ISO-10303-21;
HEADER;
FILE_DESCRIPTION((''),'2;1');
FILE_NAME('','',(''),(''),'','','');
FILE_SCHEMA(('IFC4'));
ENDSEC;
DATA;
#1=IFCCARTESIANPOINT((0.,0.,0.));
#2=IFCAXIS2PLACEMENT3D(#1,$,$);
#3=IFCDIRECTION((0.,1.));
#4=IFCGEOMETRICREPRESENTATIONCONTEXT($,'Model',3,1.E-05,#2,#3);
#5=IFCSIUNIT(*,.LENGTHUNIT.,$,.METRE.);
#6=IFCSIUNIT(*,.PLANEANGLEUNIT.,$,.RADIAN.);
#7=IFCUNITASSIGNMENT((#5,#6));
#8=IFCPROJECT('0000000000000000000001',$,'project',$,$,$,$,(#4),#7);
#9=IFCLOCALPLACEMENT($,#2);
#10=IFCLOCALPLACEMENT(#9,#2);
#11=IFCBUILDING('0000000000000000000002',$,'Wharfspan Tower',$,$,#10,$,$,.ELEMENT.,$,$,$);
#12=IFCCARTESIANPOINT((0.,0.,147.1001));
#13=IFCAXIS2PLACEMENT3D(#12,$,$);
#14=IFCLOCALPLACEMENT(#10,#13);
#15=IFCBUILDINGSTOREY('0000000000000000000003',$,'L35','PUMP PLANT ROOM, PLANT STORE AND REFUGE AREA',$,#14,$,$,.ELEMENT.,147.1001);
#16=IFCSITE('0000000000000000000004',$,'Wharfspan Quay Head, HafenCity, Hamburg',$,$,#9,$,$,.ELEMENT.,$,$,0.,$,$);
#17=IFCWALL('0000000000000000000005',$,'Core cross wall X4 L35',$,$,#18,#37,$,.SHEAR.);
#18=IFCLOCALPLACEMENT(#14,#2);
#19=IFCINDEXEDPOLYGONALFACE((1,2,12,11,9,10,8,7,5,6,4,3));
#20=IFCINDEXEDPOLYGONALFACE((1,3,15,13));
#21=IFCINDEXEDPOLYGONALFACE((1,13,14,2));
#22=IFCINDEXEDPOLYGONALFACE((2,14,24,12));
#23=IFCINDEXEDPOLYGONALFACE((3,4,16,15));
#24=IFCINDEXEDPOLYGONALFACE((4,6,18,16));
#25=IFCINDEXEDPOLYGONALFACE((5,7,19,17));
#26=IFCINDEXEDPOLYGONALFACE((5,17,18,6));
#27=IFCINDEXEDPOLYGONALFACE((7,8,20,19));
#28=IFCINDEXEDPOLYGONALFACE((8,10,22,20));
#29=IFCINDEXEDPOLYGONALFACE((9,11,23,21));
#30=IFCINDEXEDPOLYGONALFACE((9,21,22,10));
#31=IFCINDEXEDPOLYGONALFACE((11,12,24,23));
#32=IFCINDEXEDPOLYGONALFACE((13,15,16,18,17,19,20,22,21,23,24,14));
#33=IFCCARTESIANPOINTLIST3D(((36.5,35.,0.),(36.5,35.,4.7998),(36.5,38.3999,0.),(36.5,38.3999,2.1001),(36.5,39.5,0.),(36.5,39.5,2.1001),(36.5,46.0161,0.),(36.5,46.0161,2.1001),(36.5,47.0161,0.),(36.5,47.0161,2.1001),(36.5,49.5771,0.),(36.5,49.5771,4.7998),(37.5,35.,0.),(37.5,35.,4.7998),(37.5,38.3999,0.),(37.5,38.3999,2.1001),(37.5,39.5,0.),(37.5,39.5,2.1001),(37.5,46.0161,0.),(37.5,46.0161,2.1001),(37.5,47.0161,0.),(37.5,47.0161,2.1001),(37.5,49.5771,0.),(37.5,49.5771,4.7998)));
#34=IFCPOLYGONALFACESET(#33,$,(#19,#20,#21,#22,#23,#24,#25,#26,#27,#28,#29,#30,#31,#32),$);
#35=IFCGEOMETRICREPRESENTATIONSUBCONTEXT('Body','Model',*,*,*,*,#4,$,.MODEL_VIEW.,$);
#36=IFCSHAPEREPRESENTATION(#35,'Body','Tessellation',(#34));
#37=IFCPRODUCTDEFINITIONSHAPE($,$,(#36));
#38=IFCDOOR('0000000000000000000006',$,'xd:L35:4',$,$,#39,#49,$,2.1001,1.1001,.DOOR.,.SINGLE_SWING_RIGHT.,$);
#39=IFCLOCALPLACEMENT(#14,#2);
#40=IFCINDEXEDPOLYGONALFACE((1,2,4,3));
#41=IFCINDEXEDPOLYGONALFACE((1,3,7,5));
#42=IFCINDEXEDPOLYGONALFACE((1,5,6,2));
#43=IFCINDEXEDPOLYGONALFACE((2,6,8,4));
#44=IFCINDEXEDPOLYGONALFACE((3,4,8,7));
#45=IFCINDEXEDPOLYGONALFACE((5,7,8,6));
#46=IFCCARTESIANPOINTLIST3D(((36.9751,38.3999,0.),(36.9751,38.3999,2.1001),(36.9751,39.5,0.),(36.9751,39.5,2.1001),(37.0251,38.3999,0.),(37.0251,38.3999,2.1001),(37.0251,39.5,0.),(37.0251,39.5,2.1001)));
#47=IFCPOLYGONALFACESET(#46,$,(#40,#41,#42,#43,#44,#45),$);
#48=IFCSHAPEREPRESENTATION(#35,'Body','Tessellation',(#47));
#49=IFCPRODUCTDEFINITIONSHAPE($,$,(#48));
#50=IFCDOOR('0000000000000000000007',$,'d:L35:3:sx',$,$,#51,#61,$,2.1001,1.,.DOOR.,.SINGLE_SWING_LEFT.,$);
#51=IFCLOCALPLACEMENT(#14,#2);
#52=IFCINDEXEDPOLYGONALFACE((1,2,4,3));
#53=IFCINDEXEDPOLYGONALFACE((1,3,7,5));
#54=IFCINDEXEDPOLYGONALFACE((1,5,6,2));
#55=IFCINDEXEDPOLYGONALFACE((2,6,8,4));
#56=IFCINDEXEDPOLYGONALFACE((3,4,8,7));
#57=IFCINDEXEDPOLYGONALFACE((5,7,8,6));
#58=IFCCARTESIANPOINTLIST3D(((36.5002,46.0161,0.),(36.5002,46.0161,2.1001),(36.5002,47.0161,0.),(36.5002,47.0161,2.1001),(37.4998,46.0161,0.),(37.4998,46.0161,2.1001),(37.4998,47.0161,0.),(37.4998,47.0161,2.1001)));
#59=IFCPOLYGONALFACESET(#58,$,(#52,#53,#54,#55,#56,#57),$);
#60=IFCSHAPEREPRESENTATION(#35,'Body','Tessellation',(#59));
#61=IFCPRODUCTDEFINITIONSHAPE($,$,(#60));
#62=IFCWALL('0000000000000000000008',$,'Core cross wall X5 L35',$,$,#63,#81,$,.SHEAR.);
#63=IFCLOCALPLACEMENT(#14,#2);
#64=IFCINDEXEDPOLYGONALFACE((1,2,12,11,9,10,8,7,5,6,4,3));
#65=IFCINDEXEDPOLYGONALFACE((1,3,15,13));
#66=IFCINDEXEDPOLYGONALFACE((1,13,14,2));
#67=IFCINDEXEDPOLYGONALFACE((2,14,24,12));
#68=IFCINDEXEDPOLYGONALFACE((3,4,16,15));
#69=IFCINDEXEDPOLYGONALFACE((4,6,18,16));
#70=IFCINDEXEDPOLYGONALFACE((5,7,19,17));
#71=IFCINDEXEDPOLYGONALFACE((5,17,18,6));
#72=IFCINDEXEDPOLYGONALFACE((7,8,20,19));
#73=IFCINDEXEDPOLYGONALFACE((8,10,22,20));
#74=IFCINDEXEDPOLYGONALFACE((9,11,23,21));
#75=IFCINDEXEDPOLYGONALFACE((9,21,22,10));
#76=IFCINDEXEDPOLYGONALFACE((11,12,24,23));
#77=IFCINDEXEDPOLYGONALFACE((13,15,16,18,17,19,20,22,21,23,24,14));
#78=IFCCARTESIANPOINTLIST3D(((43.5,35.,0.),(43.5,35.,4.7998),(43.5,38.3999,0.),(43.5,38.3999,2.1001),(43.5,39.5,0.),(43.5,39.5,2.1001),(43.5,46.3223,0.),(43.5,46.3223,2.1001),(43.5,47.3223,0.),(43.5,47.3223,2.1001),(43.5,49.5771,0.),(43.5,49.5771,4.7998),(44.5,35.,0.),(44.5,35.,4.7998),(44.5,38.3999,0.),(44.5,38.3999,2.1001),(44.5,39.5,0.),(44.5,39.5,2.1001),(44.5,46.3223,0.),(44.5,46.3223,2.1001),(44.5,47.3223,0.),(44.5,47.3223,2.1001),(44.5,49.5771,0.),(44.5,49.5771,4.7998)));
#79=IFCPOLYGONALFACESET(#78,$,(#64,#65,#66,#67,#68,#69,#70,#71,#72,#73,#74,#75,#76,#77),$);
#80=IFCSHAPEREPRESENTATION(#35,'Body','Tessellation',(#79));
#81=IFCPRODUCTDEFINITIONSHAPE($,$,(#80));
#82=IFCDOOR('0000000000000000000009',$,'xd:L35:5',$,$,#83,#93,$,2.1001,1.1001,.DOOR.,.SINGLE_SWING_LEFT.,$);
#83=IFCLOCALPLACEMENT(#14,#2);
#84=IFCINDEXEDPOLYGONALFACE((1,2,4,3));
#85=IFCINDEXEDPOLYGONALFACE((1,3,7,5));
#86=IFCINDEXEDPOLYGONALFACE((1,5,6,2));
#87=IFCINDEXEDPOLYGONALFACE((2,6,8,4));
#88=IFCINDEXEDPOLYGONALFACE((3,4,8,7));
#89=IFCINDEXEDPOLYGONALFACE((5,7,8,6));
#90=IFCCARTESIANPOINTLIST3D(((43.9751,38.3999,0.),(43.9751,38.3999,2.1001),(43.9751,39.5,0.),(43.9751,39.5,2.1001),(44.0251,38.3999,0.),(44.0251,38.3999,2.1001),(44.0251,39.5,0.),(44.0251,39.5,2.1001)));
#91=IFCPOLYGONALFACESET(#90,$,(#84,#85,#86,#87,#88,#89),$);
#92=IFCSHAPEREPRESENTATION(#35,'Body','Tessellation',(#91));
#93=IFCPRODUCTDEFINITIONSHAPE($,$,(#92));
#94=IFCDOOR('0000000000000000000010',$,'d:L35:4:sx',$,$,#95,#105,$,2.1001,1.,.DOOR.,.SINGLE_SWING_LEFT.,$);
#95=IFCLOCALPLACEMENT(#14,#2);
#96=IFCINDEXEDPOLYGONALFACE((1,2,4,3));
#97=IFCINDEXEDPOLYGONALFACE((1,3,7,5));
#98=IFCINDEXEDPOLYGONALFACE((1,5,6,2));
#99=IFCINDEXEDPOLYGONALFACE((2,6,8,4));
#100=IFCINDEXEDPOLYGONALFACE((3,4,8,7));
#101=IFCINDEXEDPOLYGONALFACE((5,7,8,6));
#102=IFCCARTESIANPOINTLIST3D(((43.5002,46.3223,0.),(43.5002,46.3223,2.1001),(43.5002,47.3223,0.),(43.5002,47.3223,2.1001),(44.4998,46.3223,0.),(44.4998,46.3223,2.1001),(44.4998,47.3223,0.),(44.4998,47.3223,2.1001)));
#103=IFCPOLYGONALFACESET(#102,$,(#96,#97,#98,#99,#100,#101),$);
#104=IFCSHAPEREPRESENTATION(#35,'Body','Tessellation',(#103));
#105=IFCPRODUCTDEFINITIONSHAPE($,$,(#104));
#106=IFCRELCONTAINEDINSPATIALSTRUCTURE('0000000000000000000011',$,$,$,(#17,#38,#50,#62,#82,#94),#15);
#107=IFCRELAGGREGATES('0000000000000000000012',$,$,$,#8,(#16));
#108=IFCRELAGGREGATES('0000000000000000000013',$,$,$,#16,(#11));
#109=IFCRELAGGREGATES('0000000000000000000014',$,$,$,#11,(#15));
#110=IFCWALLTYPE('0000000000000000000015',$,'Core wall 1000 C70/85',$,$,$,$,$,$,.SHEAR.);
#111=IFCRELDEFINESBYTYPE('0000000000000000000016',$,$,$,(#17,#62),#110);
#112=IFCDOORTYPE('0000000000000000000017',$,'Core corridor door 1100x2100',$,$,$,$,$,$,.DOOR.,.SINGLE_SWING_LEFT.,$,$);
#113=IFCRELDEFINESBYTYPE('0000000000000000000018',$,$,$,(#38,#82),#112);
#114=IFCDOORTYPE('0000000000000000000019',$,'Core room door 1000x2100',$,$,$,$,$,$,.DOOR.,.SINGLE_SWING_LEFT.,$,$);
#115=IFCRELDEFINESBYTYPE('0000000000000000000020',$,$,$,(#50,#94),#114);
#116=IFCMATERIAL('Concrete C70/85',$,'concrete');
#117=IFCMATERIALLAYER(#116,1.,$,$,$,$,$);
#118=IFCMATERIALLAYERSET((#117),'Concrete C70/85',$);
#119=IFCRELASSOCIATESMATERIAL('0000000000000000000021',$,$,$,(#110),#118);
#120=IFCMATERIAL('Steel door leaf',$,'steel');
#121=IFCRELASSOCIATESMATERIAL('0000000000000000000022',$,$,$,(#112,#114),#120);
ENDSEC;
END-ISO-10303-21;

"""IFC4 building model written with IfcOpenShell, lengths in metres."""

from ifc_helpers import new_model, si_unit, direction, frame, frame_2d, origin, place, context, subcontext, project, spatial, rectangle, extrude, material, layer, layer_set, type_object, element, fill, save


model = new_model("IFC4")

# Units and contexts
model_context = context("Model", 3, precision=1e-05, world=origin(), true_north=direction((0.0, 1.0)))
body_context = subcontext(model_context, "Body", "Model", "MODEL_VIEW")
ifc_project = project(units=[si_unit("LENGTHUNIT", "METRE"), si_unit("PLANEANGLEUNIT", "RADIAN")], contexts=[model_context])

# Site, building, storey
site_placement = place(None, origin())
site = spatial("IfcSite", under=ifc_project, at=site_placement, Name="Wharfspan Quay Head, HafenCity, Hamburg", CompositionType="ELEMENT", RefElevation=0.0)
building_placement = place(site_placement, origin())
building = spatial("IfcBuilding", under=site, at=building_placement, Name="Wharfspan Tower", CompositionType="ELEMENT")
storey_placement = place(building_placement, frame((0.0, 0.0, 147.1001)))
storey = spatial("IfcBuildingStorey", under=building, at=storey_placement, Name="L35", Description="PUMP PLANT ROOM, PLANT STORE AND REFUGE AREA", CompositionType="ELEMENT", Elevation=147.1001)

# Walls, openings, doors
ifc_material_1 = material(Name="Concrete C70/85", Category="concrete")
ifc_layer_1 = layer(ifc_material_1, 1.0)
ifc_layer_set_1 = layer_set([ifc_layer_1], Name="Concrete C70/85")
wall_type_1 = type_object("IfcWallType", Name="Core wall 1000 C70/85", PredefinedType="SHEAR", material=ifc_layer_set_1)
wall_1_placement = place(storey_placement, frame((37.0, 35.0, 0.0), z_axis=(0.0, 0.0, 1.0), x_axis=(0.0, 1.0, 0.0)))
wall_1 = element("IfcWall", 1, at=wall_1_placement, inside=storey, type_object=wall_type_1, Name="Core cross wall X4 L35", PredefinedType="SHEAR", context=body_context, shape_type="SweptSolid", body=[
    extrude(rectangle(XDim=14.5771, YDim=1.0, at=frame_2d((7.2886, 0.0))), origin(), (0.0, 0.0, 1.0), 4.7998),
])
opening_1_placement = place(wall_1_placement, frame((11.0161, 0.0, 0.0)))
opening_1 = element("IfcOpeningElement", 2, at=opening_1_placement, cuts=wall_1, PredefinedType="OPENING", context=body_context, shape_type="SweptSolid", body=[
    extrude(rectangle(XDim=1.0, YDim=2.1001, at=frame_2d((0.5, 1.05))), frame((0.0, 0.51, 0.0), z_axis=(0.0, -1.0, 0.0), x_axis=(1.0, 0.0, 0.0)), (0.0, 0.0, 1.0), 1.02),
])
opening_2_placement = place(wall_1_placement, frame((3.3999, 0.0, 0.0)))
opening_2 = element("IfcOpeningElement", 3, at=opening_2_placement, cuts=wall_1, PredefinedType="OPENING", context=body_context, shape_type="SweptSolid", body=[
    extrude(rectangle(XDim=1.1001, YDim=2.1001, at=frame_2d((0.55, 1.05))), frame((0.0, 0.51, 0.0), z_axis=(0.0, -1.0, 0.0), x_axis=(1.0, 0.0, 0.0)), (0.0, 0.0, 1.0), 1.02),
])
ifc_material_2 = material(Name="Steel door leaf", Category="steel")
door_type_1 = type_object("IfcDoorType", Name="Core corridor door 1100x2100", OperationType="SINGLE_SWING_LEFT", PredefinedType="DOOR", material=ifc_material_2)
door_1_placement = place(opening_2_placement, origin())
door_1 = element("IfcDoor", 4, at=door_1_placement, inside=storey, type_object=door_type_1, Name="xd:L35:4", OperationType="SINGLE_SWING_RIGHT", OverallHeight=2.1001, OverallWidth=1.1001, PredefinedType="DOOR", context=body_context, shape_type="SweptSolid", body=[
    extrude(rectangle(XDim=1.1001, YDim=2.1001, at=frame_2d((0.55, 1.05))), frame((0.0, 0.0249, 0.0), z_axis=(0.0, -1.0, 0.0), x_axis=(1.0, 0.0, 0.0)), (0.0, 0.0, 1.0), 0.05),
])
fill(opening_2, door_1)
door_type_2 = type_object("IfcDoorType", Name="Core room door 1000x2100", OperationType="SINGLE_SWING_LEFT", PredefinedType="DOOR", material=ifc_material_2)
door_2_placement = place(opening_1_placement, origin())
door_2 = element("IfcDoor", 5, at=door_2_placement, inside=storey, type_object=door_type_2, Name="d:L35:3:sx", OperationType="SINGLE_SWING_LEFT", OverallHeight=2.1001, OverallWidth=1.0, PredefinedType="DOOR", context=body_context, shape_type="SweptSolid", body=[
    extrude(rectangle(XDim=1.0, YDim=2.1001, at=frame_2d((0.5, 1.05))), frame((0.0, 0.4998, 0.0), z_axis=(0.0, -1.0, 0.0), x_axis=(1.0, 0.0, 0.0)), (0.0, 0.0, 1.0), 0.9995),
])
fill(opening_1, door_2)
wall_2_placement = place(storey_placement, frame((44.0, 35.0, 0.0), z_axis=(0.0, 0.0, 1.0), x_axis=(0.0, 1.0, 0.0)))
wall_2 = element("IfcWall", 6, at=wall_2_placement, inside=storey, type_object=wall_type_1, Name="Core cross wall X5 L35", PredefinedType="SHEAR", context=body_context, shape_type="SweptSolid", body=[
    extrude(rectangle(XDim=14.5771, YDim=1.0, at=frame_2d((7.2886, 0.0))), origin(), (0.0, 0.0, 1.0), 4.7998),
])
opening_3_placement = place(wall_2_placement, frame((11.3223, 0.0, 0.0)))
opening_3 = element("IfcOpeningElement", 7, at=opening_3_placement, cuts=wall_2, PredefinedType="OPENING", context=body_context, shape_type="SweptSolid", body=[
    extrude(rectangle(XDim=1.0, YDim=2.1001, at=frame_2d((0.5, 1.05))), frame((0.0, 0.51, 0.0), z_axis=(0.0, -1.0, 0.0), x_axis=(1.0, 0.0, 0.0)), (0.0, 0.0, 1.0), 1.02),
])
opening_4_placement = place(wall_2_placement, frame((3.3999, 0.0, 0.0)))
opening_4 = element("IfcOpeningElement", 8, at=opening_4_placement, cuts=wall_2, PredefinedType="OPENING", context=body_context, shape_type="SweptSolid", body=[
    extrude(rectangle(XDim=1.1001, YDim=2.1001, at=frame_2d((0.55, 1.05))), frame((0.0, 0.51, 0.0), z_axis=(0.0, -1.0, 0.0), x_axis=(1.0, 0.0, 0.0)), (0.0, 0.0, 1.0), 1.02),
])
door_3_placement = place(opening_4_placement, origin())
door_3 = element("IfcDoor", 9, at=door_3_placement, inside=storey, type_object=door_type_1, Name="xd:L35:5", OperationType="SINGLE_SWING_LEFT", OverallHeight=2.1001, OverallWidth=1.1001, PredefinedType="DOOR", context=body_context, shape_type="SweptSolid", body=[
    extrude(rectangle(XDim=1.1001, YDim=2.1001, at=frame_2d((0.55, 1.05))), frame((0.0, 0.0249, 0.0), z_axis=(0.0, -1.0, 0.0), x_axis=(1.0, 0.0, 0.0)), (0.0, 0.0, 1.0), 0.05),
])
fill(opening_4, door_3)
door_4_placement = place(opening_3_placement, origin())
door_4 = element("IfcDoor", 10, at=door_4_placement, inside=storey, type_object=door_type_2, Name="d:L35:4:sx", OperationType="SINGLE_SWING_LEFT", OverallHeight=2.1001, OverallWidth=1.0, PredefinedType="DOOR", context=body_context, shape_type="SweptSolid", body=[
    extrude(rectangle(XDim=1.0, YDim=2.1001, at=frame_2d((0.5, 1.05))), frame((0.0, 0.4998, 0.0), z_axis=(0.0, -1.0, 0.0), x_axis=(1.0, 0.0, 0.0)), (0.0, 0.0, 1.0), 0.9995),
])
fill(opening_3, door_4)

save(model, "model.ifc")
